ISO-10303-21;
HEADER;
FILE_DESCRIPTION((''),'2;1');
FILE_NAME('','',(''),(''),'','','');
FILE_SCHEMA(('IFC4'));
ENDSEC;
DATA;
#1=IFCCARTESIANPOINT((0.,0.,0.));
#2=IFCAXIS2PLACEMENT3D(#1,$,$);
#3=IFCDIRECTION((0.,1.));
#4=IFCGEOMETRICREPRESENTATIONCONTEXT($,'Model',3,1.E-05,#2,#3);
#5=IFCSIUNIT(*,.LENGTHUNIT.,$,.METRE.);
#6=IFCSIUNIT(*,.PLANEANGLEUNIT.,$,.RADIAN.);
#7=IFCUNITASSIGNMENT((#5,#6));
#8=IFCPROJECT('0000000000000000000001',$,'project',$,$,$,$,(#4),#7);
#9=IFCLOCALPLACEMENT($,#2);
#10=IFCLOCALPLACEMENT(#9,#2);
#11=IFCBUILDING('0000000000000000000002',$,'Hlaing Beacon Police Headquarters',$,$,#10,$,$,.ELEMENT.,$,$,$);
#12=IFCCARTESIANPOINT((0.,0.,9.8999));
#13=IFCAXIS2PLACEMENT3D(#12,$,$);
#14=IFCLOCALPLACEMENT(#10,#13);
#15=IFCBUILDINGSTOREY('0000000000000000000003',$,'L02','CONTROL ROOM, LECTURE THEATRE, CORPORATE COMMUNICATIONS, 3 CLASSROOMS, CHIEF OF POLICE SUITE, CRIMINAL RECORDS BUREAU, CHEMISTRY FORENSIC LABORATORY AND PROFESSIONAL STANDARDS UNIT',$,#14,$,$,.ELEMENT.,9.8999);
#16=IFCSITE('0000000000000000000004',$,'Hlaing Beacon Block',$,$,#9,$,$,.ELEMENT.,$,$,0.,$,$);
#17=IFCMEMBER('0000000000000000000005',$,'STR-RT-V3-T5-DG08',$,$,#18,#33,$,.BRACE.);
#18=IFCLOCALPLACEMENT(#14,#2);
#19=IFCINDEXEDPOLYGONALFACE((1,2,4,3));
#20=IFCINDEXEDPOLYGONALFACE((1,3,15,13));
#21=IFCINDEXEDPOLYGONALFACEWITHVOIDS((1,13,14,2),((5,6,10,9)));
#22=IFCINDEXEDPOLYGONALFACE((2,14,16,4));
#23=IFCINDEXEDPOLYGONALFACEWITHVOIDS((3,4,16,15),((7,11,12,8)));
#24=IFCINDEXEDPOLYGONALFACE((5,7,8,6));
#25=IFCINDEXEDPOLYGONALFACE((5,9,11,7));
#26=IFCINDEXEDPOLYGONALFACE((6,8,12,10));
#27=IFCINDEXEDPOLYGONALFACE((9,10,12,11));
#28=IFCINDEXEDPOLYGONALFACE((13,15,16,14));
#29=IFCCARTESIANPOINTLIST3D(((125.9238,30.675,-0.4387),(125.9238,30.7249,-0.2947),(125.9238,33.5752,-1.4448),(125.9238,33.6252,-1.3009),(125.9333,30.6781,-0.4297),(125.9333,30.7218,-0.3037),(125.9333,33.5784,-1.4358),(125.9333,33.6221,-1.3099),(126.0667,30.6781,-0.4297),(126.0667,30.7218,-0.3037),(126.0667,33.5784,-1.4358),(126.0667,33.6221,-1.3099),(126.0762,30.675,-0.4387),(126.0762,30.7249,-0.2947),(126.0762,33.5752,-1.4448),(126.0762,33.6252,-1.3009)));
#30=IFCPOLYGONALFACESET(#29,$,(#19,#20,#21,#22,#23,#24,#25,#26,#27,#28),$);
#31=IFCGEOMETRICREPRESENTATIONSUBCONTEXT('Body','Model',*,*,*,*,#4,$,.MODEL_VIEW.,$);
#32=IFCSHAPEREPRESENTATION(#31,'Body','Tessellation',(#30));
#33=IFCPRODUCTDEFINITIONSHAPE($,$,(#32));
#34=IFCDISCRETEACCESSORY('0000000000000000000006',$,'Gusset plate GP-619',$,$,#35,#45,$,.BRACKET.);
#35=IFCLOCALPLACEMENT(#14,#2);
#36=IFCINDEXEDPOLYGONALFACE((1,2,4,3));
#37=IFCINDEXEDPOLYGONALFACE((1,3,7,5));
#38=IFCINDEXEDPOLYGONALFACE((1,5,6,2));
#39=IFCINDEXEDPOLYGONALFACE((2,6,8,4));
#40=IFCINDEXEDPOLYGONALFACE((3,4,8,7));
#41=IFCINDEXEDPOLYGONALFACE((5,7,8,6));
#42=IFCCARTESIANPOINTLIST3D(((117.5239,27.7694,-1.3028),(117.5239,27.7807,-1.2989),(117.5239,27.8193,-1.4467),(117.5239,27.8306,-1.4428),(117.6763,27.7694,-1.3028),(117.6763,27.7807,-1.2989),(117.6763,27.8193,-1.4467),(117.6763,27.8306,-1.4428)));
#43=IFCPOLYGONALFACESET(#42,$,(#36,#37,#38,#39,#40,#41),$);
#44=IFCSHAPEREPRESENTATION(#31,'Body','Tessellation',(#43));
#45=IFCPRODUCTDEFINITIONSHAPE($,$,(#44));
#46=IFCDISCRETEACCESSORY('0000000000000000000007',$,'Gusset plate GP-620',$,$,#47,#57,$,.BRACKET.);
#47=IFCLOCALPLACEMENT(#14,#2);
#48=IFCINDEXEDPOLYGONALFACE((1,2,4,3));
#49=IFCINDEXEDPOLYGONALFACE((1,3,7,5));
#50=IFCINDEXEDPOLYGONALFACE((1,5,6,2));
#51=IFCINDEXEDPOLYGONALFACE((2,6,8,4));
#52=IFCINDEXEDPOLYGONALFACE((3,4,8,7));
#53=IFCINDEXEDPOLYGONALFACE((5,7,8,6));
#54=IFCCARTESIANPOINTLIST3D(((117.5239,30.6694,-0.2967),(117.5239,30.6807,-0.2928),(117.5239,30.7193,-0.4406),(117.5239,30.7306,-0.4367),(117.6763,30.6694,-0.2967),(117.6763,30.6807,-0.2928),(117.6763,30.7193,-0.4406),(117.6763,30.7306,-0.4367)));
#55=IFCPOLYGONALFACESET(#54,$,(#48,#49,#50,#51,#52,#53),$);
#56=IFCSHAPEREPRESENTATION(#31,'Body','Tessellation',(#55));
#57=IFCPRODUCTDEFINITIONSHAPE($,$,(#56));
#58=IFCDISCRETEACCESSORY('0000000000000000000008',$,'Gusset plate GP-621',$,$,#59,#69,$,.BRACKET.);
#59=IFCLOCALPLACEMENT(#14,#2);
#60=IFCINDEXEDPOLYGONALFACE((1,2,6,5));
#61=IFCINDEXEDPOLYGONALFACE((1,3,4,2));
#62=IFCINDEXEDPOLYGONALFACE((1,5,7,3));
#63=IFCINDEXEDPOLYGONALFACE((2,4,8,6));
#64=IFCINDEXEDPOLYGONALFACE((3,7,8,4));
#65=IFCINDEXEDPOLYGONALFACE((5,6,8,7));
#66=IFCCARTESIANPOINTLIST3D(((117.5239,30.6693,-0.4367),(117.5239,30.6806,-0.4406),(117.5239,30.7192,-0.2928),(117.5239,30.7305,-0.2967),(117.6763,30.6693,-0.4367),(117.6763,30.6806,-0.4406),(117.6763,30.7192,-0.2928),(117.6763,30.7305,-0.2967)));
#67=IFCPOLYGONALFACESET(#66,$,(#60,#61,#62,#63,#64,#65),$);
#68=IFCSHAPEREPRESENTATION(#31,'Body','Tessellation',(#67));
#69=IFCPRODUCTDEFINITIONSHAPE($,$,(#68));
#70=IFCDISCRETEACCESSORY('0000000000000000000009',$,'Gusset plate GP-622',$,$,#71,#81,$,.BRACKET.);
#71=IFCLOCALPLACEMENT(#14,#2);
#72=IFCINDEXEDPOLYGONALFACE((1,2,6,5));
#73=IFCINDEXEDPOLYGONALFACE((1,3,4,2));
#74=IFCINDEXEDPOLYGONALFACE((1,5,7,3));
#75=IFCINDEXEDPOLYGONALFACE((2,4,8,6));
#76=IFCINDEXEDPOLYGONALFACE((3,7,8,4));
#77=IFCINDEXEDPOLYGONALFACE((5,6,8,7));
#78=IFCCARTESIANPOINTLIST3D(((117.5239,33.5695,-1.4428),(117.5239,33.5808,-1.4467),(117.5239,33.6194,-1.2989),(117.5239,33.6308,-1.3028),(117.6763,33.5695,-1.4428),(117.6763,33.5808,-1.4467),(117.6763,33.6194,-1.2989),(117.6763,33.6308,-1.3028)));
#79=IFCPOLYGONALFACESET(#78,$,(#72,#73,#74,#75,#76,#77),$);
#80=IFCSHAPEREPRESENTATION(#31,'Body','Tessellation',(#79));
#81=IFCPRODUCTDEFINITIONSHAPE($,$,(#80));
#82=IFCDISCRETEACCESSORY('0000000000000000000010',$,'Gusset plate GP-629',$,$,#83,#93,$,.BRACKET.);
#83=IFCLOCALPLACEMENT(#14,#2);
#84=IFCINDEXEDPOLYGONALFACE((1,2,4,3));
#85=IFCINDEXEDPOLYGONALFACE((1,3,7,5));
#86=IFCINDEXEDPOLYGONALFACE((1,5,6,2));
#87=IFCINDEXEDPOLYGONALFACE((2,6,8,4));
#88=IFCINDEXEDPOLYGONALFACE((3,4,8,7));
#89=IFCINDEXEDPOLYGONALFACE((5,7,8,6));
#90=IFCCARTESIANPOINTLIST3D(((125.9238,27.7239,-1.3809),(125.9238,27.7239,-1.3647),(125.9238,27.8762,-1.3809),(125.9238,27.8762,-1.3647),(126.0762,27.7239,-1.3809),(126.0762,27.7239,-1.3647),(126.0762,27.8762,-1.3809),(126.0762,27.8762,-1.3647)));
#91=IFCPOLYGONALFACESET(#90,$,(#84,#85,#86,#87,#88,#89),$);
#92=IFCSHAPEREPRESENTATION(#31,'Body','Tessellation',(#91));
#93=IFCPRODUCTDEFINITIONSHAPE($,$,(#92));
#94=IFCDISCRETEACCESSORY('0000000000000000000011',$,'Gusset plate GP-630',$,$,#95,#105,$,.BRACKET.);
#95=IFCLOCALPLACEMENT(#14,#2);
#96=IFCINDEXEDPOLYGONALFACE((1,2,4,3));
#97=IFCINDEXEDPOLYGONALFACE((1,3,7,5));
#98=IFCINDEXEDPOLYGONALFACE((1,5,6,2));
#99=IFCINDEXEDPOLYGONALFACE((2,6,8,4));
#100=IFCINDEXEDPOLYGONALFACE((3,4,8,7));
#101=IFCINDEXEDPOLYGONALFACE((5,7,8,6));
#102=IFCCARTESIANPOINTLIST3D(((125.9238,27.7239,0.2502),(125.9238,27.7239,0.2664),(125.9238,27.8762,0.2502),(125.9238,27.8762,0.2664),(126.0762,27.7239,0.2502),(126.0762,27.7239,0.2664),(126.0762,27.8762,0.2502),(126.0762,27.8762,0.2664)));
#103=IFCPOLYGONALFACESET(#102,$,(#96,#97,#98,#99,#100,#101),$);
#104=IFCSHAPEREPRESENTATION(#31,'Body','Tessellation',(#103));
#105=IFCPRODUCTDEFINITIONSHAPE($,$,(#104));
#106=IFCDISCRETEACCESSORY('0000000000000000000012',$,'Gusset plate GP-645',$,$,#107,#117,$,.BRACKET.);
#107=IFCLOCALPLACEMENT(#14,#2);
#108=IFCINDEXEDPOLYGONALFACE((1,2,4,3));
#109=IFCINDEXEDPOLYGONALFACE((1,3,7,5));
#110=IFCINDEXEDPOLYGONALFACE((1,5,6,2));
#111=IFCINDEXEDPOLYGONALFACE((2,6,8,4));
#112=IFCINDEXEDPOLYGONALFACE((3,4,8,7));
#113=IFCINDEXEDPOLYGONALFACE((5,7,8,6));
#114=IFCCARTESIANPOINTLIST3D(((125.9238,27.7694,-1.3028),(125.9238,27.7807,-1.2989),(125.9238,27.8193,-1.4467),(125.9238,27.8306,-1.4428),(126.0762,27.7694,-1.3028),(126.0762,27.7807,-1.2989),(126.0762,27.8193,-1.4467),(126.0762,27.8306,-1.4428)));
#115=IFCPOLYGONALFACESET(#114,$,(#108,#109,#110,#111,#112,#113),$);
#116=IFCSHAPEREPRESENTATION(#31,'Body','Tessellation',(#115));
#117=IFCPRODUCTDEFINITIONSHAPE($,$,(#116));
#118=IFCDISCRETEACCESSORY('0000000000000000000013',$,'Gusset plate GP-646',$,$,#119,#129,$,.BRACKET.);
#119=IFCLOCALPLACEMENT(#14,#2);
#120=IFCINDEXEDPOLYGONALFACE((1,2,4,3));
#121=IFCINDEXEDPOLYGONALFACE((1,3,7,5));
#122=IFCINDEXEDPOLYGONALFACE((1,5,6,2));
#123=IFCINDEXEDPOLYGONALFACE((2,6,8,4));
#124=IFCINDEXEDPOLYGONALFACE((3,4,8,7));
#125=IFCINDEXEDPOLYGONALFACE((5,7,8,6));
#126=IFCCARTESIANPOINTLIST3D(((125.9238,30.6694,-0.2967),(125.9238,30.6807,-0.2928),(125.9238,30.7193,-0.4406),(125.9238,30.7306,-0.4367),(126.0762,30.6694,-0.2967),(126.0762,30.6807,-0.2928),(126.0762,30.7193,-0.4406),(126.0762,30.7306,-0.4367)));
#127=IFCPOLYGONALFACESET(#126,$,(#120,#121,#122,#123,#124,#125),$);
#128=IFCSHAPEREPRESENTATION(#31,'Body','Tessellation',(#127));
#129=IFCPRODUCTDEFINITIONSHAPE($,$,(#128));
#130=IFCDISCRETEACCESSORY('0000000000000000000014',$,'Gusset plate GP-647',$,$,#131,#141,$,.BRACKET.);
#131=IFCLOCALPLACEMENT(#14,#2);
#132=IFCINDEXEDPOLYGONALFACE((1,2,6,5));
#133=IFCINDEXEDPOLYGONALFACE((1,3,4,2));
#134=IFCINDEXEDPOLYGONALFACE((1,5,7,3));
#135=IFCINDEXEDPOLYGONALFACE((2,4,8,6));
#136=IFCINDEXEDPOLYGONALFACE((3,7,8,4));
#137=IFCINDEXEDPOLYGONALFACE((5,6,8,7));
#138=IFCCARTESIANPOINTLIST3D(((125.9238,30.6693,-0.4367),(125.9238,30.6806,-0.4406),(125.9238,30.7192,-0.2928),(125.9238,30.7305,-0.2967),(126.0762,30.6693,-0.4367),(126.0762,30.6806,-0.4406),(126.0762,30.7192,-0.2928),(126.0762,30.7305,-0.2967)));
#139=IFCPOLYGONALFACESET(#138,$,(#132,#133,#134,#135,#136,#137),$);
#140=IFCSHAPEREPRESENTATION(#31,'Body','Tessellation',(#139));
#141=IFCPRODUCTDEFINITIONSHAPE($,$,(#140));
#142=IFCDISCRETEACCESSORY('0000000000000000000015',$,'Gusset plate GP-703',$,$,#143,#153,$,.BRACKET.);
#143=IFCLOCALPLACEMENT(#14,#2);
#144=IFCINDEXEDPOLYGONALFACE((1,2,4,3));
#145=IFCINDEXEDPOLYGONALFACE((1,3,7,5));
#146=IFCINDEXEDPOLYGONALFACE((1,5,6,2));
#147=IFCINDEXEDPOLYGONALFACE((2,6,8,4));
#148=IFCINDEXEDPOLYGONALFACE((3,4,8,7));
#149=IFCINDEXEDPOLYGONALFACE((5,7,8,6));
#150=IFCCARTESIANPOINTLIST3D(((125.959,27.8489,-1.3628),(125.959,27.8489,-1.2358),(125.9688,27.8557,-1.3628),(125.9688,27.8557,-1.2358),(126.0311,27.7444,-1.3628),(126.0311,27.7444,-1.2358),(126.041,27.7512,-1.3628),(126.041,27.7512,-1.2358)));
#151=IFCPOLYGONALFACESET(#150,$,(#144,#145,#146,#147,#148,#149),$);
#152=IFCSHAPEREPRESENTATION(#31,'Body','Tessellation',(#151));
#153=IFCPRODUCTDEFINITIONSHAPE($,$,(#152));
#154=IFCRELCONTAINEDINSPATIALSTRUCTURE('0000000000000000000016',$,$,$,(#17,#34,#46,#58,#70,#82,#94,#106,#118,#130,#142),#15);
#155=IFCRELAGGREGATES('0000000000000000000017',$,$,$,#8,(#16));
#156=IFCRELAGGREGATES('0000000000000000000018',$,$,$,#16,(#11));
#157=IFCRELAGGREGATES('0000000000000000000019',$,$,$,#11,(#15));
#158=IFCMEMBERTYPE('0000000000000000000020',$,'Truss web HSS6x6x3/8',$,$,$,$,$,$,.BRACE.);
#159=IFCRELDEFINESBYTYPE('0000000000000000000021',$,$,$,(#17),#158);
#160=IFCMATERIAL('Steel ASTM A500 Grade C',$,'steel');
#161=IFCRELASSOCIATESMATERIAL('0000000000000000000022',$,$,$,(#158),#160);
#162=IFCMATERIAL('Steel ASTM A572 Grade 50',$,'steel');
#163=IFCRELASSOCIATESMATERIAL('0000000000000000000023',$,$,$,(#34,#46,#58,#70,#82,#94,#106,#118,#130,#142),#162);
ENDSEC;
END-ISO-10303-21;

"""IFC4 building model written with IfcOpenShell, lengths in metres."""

from ifc_helpers import new_model, si_unit, direction, frame, origin, origin_2d, place, context, subcontext, project, spatial, rectangle, hollow_rectangle, extrude, material, material_profile, profile_set, type_object, element, save


model = new_model("IFC4")

# Units and contexts
model_context = context("Model", 3, precision=1e-05, world=origin(), true_north=direction((0.0, 1.0)))
body_context = subcontext(model_context, "Body", "Model", "MODEL_VIEW")
ifc_project = project(units=[si_unit("LENGTHUNIT", "METRE"), si_unit("PLANEANGLEUNIT", "RADIAN")], contexts=[model_context])

# Site, building, storey
site_placement = place(None, origin())
site = spatial("IfcSite", under=ifc_project, at=site_placement, Name="Hlaing Beacon Block", CompositionType="ELEMENT", RefElevation=0.0)
building_placement = place(site_placement, origin())
building = spatial("IfcBuilding", under=site, at=building_placement, Name="Hlaing Beacon Police Headquarters", CompositionType="ELEMENT")
storey_placement = place(building_placement, frame((0.0, 0.0, 9.8999)))
storey = spatial("IfcBuildingStorey", under=building, at=storey_placement, Name="L02", Description="CONTROL ROOM, LECTURE THEATRE, CORPORATE COMMUNICATIONS, 3 CLASSROOMS, CHIEF OF POLICE SUITE, CRIMINAL RECORDS BUREAU, CHEMISTRY FORENSIC LABORATORY AND PROFESSIONAL STANDARDS UNIT", CompositionType="ELEMENT", Elevation=9.8999)

# Member
ifc_material_1 = material(Name="Steel ASTM A500 Grade C", Category="steel")
ifc_material_profile_1 = material_profile(ifc_material_1, hollow_rectangle(XDim=0.1523, YDim=0.1523, WallThickness=0.0095, at=origin_2d()), Name="HSS6x6x3/8")
ifc_profile_set_1 = profile_set([ifc_material_profile_1], Name="Steel ASTM A500 Grade C")
member_type_1 = type_object("IfcMemberType", Name="Truss web HSS6x6x3/8", PredefinedType="BRACE", material=ifc_profile_set_1)
member_1_placement = place(storey_placement, frame((126.0, 30.7, -0.3667), z_axis=(0.0, 0.944764, -0.327752), x_axis=(-1.0, 0.0, 0.0)))
element("IfcMember", 1, at=member_1_placement, inside=storey, type_object=member_type_1, Name="STR-RT-V3-T5-DG08", PredefinedType="BRACE", context=body_context, shape_type="SweptSolid", body=[
    extrude(hollow_rectangle(XDim=0.1523, YDim=0.1523, WallThickness=0.0095, at=origin_2d()), origin(), (0.0, 0.0, 1.0), 3.0698),
])

# Discrete accessories
ifc_material_2 = material(Name="Steel ASTM A572 Grade 50", Category="steel")
for number, where, z_axis, x_axis, name in (
    (2, (117.6001, 27.8057, -1.3708), (0.0, -0.944755, -0.327777), (1.0, 0.0, 0.0), "Gusset plate GP-619"),
    (3, (117.6001, 30.6943, -0.3687), (0.0, 0.944755, 0.327777), (-1.0, 0.0, 0.0), "Gusset plate GP-620"),
    (4, (117.6001, 30.7056, -0.3687), (0.0, -0.944764, 0.327752), (1.0, 0.0, 0.0), "Gusset plate GP-621"),
    (5, (117.6001, 33.5945, -1.3708), (0.0, 0.944764, -0.327752), (-1.0, 0.0, 0.0), "Gusset plate GP-622"),
):
    element("IfcDiscreteAccessory", number, at=place(storey_placement, frame(where, z_axis=z_axis, x_axis=x_axis)), inside=storey, material=ifc_material_2, Name=name, PredefinedType="BRACKET", context=body_context, shape_type="SweptSolid", body=[
        extrude(rectangle(XDim=0.1523, YDim=0.1523, at=origin_2d()), origin(), (0.0, 0.0, 1.0), 0.012),
    ])
for number, where, z_axis, x_axis, name in (
    (6, (126.0, 27.8, -1.3647), (0.0, 0.0, -1.0), (1.0, 0.0, 0.0), "Gusset plate GP-629"),
    (7, (126.0, 27.8, 0.2502), (0.0, 0.0, 1.0), (1.0, 0.0, 0.0), "Gusset plate GP-630"),
):
    element("IfcDiscreteAccessory", number, at=place(storey_placement, frame(where, z_axis=z_axis, x_axis=x_axis)), inside=storey, material=ifc_material_2, Name=name, PredefinedType="BRACKET", context=body_context, shape_type="SweptSolid", body=[
        extrude(rectangle(XDim=0.1523, YDim=0.1523, at=origin_2d()), origin(), (0.0, 0.0, 1.0), 0.0161),
    ])
for number, where, z_axis, x_axis, name in (
    (8, (126.0, 27.8057, -1.3708), (0.0, -0.944755, -0.327777), (1.0, 0.0, 0.0), "Gusset plate GP-645"),
    (9, (126.0, 30.6943, -0.3687), (0.0, 0.944755, 0.327777), (-1.0, 0.0, 0.0), "Gusset plate GP-646"),
    (10, (126.0, 30.7056, -0.3687), (0.0, -0.944764, 0.327752), (1.0, 0.0, 0.0), "Gusset plate GP-647"),
):
    element("IfcDiscreteAccessory", number, at=place(storey_placement, frame(where, z_axis=z_axis, x_axis=x_axis)), inside=storey, material=ifc_material_2, Name=name, PredefinedType="BRACKET", context=body_context, shape_type="SweptSolid", body=[
        extrude(rectangle(XDim=0.1523, YDim=0.1523, at=origin_2d()), origin(), (0.0, 0.0, 1.0), 0.012),
    ])
discrete_accessory_placement = place(storey_placement, frame((126.0049, 27.8035, -1.2993), z_axis=(-0.822892, -0.568198, 0.0), x_axis=(0.568198, -0.822892, 0.0)))
element("IfcDiscreteAccessory", 11, at=discrete_accessory_placement, inside=storey, material=ifc_material_2, Name="Gusset plate GP-703", PredefinedType="BRACKET", context=body_context, shape_type="SweptSolid", body=[
    extrude(rectangle(XDim=0.127, YDim=0.127, at=origin_2d()), origin(), (0.0, 0.0, 1.0), 0.012),
])

save(model, "model.ifc")
